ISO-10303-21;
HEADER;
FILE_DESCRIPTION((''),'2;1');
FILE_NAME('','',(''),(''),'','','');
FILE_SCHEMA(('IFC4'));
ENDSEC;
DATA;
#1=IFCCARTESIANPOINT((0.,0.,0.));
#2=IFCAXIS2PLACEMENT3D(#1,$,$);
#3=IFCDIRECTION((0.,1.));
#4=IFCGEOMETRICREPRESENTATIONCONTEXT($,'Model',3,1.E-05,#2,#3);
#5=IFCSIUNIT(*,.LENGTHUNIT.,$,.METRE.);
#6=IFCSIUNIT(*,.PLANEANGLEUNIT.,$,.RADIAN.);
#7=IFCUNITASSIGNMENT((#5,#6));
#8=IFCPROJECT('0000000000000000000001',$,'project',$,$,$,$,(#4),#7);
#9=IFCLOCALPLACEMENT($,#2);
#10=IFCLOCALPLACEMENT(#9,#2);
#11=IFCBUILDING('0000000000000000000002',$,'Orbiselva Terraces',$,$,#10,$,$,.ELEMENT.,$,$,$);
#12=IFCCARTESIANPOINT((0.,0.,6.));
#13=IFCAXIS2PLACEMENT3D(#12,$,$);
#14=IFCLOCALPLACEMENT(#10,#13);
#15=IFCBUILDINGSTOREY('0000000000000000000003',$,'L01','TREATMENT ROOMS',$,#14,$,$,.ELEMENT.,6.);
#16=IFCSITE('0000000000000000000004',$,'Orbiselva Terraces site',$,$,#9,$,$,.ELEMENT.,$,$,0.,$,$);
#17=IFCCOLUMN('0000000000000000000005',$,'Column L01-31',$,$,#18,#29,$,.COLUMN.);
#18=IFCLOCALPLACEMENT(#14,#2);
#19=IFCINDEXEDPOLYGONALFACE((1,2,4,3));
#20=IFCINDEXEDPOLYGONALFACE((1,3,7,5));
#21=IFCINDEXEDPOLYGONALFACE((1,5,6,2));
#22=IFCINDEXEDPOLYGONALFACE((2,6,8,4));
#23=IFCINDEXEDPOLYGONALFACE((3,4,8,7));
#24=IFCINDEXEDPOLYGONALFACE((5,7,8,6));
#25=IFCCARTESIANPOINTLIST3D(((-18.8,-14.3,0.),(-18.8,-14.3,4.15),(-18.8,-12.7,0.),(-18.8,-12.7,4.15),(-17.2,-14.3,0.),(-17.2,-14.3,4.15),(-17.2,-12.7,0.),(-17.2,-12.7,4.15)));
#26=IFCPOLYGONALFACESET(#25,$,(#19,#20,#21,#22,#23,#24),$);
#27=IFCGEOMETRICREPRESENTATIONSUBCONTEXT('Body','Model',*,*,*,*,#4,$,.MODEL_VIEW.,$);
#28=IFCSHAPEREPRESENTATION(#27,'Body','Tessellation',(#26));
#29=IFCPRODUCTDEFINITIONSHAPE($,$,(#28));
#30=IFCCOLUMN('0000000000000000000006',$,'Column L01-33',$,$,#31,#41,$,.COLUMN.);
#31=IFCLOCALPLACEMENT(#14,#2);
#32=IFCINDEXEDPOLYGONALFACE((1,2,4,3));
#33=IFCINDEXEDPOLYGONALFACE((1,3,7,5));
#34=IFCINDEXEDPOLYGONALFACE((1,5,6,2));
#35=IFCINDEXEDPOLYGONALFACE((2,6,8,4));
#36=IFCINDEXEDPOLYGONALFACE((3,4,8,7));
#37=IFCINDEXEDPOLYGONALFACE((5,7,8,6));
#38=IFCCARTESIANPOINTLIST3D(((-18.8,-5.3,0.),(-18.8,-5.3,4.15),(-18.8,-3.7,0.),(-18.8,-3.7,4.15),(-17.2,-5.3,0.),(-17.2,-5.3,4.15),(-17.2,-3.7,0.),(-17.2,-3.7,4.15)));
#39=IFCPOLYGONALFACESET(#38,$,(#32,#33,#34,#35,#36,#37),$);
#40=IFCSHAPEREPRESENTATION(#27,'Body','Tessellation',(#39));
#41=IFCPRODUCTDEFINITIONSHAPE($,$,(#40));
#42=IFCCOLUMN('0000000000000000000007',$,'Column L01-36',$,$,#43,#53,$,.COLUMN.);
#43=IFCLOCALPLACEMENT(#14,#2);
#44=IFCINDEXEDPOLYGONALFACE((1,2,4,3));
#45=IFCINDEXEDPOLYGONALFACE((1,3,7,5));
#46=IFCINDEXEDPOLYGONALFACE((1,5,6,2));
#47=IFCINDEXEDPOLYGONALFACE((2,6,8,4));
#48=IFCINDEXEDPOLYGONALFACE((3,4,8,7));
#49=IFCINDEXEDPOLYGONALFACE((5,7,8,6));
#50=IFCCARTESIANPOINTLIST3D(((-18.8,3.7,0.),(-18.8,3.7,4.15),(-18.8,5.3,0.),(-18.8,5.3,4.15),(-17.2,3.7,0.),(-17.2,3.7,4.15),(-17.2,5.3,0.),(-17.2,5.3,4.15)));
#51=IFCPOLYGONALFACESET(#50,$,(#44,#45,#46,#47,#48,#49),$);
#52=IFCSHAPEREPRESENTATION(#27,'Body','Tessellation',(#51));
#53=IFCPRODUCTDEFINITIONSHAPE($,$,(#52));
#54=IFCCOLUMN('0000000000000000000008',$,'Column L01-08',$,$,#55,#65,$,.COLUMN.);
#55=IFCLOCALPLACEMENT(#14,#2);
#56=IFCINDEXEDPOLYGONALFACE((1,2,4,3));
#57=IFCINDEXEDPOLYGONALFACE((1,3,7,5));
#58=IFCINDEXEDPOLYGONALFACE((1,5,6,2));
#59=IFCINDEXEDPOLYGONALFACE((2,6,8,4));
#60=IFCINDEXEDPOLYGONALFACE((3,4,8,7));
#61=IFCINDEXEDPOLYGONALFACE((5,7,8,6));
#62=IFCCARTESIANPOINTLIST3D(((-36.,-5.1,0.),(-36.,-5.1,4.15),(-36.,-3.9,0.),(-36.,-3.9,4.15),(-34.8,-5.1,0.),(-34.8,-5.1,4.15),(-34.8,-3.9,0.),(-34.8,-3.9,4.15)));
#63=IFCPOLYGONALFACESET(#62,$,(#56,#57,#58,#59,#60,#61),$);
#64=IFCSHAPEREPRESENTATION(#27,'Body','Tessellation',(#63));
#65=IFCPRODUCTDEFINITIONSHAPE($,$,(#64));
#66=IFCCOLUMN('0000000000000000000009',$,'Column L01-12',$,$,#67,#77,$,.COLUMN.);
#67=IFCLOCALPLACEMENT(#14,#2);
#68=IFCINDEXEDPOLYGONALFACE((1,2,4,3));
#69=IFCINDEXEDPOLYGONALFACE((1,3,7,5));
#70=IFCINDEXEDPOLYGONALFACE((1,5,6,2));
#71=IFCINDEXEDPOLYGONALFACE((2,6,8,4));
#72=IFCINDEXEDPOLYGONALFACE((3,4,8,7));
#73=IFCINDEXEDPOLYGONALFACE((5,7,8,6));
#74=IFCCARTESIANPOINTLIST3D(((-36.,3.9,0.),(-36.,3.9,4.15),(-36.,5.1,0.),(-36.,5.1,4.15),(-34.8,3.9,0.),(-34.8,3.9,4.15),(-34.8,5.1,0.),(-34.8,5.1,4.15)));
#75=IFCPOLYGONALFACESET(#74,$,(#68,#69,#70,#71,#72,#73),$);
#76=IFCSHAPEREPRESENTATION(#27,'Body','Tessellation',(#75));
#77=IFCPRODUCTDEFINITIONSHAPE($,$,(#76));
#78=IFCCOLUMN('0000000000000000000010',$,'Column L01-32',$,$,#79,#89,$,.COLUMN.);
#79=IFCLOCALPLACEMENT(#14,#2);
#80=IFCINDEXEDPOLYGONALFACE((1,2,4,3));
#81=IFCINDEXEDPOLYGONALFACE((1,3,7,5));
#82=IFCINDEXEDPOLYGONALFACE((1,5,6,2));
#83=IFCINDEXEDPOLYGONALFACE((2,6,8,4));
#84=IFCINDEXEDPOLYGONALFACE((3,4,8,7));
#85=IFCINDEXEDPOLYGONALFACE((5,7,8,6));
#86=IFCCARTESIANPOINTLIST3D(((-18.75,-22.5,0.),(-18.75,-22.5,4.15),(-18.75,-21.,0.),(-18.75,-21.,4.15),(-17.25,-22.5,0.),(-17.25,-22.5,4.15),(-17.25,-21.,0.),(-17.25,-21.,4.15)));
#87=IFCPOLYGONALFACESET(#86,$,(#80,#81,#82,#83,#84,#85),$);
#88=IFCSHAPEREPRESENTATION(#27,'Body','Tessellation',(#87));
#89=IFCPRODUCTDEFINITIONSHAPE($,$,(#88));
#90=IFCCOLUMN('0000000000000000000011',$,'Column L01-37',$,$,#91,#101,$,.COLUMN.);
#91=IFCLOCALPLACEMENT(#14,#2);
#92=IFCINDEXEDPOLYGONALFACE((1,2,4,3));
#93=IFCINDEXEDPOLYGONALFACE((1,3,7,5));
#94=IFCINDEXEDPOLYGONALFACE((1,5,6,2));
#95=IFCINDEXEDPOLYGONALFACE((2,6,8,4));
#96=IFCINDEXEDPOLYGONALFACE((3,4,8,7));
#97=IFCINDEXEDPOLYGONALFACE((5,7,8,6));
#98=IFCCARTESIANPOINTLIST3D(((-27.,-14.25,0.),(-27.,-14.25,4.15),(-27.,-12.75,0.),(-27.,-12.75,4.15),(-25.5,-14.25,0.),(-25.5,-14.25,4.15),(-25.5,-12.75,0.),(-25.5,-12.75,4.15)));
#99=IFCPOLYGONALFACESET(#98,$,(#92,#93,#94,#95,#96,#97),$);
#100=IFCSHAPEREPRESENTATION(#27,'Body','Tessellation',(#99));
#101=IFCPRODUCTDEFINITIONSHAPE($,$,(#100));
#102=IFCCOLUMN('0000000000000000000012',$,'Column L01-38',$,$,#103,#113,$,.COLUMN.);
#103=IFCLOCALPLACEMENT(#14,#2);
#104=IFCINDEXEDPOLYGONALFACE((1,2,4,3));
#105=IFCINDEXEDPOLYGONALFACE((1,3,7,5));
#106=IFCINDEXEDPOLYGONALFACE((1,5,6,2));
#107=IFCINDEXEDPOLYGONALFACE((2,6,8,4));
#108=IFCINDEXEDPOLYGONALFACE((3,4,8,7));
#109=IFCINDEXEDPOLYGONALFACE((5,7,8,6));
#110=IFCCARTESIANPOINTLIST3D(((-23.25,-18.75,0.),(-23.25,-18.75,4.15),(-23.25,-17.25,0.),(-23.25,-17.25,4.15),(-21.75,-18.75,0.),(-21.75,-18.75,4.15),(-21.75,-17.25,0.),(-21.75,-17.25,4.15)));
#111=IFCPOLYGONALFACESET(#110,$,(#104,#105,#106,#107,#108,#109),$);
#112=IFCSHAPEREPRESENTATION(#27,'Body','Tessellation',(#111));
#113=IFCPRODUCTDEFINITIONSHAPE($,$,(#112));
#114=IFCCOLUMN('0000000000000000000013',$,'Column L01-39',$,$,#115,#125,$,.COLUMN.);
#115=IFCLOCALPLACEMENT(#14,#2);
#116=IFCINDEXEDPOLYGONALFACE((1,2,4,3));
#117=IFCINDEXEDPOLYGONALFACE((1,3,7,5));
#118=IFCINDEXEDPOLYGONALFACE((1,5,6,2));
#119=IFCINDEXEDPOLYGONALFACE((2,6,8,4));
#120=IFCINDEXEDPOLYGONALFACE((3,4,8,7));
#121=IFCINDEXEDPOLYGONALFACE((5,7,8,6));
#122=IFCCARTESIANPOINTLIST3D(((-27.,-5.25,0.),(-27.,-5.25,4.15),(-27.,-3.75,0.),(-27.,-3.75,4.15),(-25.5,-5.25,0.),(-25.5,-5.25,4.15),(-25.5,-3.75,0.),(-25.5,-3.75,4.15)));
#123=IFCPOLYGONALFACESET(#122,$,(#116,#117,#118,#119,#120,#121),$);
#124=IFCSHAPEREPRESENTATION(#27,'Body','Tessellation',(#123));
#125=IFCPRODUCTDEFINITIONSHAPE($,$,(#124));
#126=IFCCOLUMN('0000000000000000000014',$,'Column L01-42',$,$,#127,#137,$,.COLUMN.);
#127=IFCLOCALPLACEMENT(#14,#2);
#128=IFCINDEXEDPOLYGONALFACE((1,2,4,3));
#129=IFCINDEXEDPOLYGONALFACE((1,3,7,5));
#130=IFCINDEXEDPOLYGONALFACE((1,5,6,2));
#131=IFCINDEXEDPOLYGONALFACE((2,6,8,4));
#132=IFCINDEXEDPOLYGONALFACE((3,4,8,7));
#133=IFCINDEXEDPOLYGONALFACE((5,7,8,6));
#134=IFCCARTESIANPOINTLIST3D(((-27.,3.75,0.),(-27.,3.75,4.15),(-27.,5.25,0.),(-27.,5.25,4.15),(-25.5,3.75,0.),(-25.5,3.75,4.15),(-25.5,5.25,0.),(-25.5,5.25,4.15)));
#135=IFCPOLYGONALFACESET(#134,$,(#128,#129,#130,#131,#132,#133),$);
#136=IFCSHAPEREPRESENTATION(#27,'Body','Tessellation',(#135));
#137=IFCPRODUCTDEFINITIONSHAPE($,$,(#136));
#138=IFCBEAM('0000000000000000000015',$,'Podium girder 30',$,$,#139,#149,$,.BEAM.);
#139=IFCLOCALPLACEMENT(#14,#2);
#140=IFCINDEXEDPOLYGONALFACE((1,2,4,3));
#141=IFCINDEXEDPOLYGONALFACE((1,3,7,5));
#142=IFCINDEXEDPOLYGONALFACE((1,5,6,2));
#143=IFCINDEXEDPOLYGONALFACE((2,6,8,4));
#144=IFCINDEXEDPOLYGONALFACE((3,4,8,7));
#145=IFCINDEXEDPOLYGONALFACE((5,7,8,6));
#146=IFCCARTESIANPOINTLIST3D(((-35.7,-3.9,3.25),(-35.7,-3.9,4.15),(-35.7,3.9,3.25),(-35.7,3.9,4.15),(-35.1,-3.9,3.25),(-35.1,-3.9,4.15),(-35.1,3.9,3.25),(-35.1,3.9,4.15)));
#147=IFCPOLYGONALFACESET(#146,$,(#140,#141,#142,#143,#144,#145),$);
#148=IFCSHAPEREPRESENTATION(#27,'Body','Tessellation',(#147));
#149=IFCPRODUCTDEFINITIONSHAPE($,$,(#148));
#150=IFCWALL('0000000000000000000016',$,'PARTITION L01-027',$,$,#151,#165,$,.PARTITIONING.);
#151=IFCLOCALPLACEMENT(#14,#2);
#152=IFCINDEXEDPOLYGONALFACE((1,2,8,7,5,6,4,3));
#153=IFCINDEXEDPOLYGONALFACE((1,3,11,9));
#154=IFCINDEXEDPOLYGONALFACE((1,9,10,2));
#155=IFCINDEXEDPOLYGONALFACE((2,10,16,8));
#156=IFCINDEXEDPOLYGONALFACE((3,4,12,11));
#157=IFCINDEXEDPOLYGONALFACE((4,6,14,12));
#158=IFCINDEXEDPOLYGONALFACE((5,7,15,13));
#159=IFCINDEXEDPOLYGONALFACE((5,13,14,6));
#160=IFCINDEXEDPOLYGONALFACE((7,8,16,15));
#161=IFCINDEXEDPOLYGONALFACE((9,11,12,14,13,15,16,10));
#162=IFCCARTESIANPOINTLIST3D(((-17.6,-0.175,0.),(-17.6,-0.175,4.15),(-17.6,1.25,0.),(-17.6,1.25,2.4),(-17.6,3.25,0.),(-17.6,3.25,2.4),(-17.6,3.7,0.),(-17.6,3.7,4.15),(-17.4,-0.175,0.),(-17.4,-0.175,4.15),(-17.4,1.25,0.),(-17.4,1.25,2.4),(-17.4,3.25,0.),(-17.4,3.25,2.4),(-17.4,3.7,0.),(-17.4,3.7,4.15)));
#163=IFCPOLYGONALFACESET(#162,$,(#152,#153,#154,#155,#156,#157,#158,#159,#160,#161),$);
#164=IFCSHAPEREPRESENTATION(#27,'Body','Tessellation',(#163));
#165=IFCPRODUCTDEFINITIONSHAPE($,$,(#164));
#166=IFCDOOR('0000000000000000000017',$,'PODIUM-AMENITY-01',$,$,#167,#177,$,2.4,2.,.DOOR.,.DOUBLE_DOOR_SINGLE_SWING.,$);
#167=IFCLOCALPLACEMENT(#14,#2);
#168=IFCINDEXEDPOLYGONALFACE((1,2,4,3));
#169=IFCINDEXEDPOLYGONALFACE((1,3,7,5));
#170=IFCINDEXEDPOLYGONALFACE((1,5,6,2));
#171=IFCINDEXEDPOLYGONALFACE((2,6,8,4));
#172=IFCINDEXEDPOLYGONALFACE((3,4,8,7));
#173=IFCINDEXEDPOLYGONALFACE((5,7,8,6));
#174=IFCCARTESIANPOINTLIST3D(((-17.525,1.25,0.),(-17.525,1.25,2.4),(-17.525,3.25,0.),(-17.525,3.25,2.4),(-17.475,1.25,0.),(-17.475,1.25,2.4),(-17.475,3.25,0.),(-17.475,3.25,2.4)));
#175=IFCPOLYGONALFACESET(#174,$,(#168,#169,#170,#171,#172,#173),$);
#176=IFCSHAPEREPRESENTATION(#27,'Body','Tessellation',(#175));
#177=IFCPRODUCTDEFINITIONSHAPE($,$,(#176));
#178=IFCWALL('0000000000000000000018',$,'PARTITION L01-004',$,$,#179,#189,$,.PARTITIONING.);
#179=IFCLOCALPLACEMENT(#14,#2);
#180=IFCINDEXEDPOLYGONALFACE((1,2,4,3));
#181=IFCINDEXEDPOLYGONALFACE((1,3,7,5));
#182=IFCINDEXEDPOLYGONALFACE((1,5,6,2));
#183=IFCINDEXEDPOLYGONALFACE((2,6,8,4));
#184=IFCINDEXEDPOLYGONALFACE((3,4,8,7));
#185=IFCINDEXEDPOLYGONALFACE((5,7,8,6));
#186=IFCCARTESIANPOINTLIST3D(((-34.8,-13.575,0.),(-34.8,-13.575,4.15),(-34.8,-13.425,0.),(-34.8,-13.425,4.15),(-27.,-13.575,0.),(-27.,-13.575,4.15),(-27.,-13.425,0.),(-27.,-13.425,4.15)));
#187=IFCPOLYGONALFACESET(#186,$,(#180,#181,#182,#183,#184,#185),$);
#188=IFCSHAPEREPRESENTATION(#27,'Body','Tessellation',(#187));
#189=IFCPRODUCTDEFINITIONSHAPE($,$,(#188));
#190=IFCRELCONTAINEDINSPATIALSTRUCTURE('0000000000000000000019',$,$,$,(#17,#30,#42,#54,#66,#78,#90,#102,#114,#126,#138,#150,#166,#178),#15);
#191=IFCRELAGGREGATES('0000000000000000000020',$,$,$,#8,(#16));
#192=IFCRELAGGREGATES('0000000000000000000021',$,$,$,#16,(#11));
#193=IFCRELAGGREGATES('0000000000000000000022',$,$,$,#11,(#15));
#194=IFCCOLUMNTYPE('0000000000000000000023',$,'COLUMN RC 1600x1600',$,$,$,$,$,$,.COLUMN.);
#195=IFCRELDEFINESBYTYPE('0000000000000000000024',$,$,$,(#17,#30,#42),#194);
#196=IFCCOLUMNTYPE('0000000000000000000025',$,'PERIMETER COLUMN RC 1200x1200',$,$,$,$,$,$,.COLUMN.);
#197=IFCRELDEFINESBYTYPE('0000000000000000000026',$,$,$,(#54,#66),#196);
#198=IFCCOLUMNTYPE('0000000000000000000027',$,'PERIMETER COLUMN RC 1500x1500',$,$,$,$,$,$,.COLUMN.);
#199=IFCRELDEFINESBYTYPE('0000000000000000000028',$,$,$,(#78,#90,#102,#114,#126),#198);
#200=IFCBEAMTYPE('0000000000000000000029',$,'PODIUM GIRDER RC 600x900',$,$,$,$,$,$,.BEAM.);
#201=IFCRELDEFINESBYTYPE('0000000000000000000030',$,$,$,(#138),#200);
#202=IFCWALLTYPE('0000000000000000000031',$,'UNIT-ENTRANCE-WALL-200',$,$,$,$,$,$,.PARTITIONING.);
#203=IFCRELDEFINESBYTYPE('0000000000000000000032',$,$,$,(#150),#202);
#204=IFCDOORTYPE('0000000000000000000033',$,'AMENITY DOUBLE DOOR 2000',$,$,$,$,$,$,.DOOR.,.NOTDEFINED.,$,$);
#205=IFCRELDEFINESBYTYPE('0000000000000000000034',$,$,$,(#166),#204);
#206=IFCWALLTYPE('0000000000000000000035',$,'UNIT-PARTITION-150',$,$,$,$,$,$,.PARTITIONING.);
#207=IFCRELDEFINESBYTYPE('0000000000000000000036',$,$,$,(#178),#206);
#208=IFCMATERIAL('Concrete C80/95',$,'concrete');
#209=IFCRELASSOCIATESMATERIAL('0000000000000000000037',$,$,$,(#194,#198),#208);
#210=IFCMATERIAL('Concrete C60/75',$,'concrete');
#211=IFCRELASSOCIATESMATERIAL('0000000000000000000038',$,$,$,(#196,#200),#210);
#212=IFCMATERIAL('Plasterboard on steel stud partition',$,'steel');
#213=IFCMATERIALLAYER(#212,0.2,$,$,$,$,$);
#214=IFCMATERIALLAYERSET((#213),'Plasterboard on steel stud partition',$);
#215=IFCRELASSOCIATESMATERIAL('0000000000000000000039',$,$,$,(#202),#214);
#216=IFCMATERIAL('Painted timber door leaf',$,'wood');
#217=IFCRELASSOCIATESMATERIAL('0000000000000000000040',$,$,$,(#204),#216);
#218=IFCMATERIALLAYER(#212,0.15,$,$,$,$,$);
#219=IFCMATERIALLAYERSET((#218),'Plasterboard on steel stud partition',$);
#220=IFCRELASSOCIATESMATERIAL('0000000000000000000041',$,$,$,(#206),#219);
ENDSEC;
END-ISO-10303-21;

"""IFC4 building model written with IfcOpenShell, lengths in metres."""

from ifc_helpers import new_model, si_unit, direction, frame, frame_2d, origin, origin_2d, place, context, subcontext, project, spatial, rectangle, extrude, material, layer, layer_set, material_profile, profile_set, type_object, element, fill, save


model = new_model("IFC4")

# Units and contexts
model_context = context("Model", 3, precision=1e-05, world=origin(), true_north=direction((0.0, 1.0)))
body_context = subcontext(model_context, "Body", "Model", "MODEL_VIEW")
ifc_project = project(units=[si_unit("LENGTHUNIT", "METRE"), si_unit("PLANEANGLEUNIT", "RADIAN")], contexts=[model_context])

# Site, building, storey
site_placement = place(None, origin())
site = spatial("IfcSite", under=ifc_project, at=site_placement, Name="Orbiselva Terraces site", CompositionType="ELEMENT", RefElevation=0.0)
building_placement = place(site_placement, origin())
building = spatial("IfcBuilding", under=site, at=building_placement, Name="Orbiselva Terraces", CompositionType="ELEMENT")
storey_placement = place(building_placement, frame((0.0, 0.0, 6.0)))
storey = spatial("IfcBuildingStorey", under=building, at=storey_placement, Name="L01", Description="TREATMENT ROOMS", CompositionType="ELEMENT", Elevation=6.0)

# Columns
ifc_material_1 = material(Name="Concrete C80/95", Category="concrete")
ifc_material_profile_1 = material_profile(ifc_material_1, rectangle(XDim=1.6, YDim=1.6, at=origin_2d()), Name="RC 1600x1600")
ifc_profile_set_1 = profile_set([ifc_material_profile_1], Name="Concrete C80/95")
column_type_1 = type_object("IfcColumnType", Name="COLUMN RC 1600x1600", PredefinedType="COLUMN", material=ifc_profile_set_1)
for number, where, z_axis, x_axis, name in (
    (1, (-18.0, -13.5, 0.0), (0.0, 0.0, 1.0), (1.0, 0.0, 0.0), "Column L01-31"),
    (2, (-18.0, -4.5, 0.0), (0.0, 0.0, 1.0), (1.0, 0.0, 0.0), "Column L01-33"),
    (3, (-18.0, 4.5, 0.0), (0.0, 0.0, 1.0), (1.0, 0.0, 0.0), "Column L01-36"),
):
    element("IfcColumn", number, at=place(storey_placement, frame(where, z_axis=z_axis, x_axis=x_axis)), inside=storey, type_object=column_type_1, Name=name, PredefinedType="COLUMN", context=body_context, shape_type="SweptSolid", body=[
        extrude(rectangle(XDim=1.6, YDim=1.6, at=origin_2d()), origin(), (0.0, 0.0, 1.0), 4.15),
    ])
ifc_material_2 = material(Name="Concrete C60/75", Category="concrete")
ifc_material_profile_2 = material_profile(ifc_material_2, rectangle(XDim=1.2, YDim=1.2, at=origin_2d()), Name="RC 1200x1200")
ifc_profile_set_2 = profile_set([ifc_material_profile_2], Name="Concrete C60/75")
column_type_2 = type_object("IfcColumnType", Name="PERIMETER COLUMN RC 1200x1200", PredefinedType="COLUMN", material=ifc_profile_set_2)
for number, where, z_axis, x_axis, name in (
    (4, (-35.4, -4.5, 0.0), (0.0, 0.0, 1.0), (1.0, 0.0, 0.0), "Column L01-08"),
    (5, (-35.4, 4.5, 0.0), (0.0, 0.0, 1.0), (1.0, 0.0, 0.0), "Column L01-12"),
):
    element("IfcColumn", number, at=place(storey_placement, frame(where, z_axis=z_axis, x_axis=x_axis)), inside=storey, type_object=column_type_2, Name=name, PredefinedType="COLUMN", context=body_context, shape_type="SweptSolid", body=[
        extrude(rectangle(XDim=1.2, YDim=1.2, at=origin_2d()), origin(), (0.0, 0.0, 1.0), 4.15),
    ])
ifc_material_profile_3 = material_profile(ifc_material_1, rectangle(XDim=1.5, YDim=1.5, at=origin_2d()), Name="RC 1500x1500")
ifc_profile_set_3 = profile_set([ifc_material_profile_3], Name="Concrete C80/95")
column_type_3 = type_object("IfcColumnType", Name="PERIMETER COLUMN RC 1500x1500", PredefinedType="COLUMN", material=ifc_profile_set_3)
for number, where, z_axis, x_axis, name in (
    (6, (-18.0, -21.75, 0.0), (0.0, 0.0, 1.0), (1.0, 0.0, 0.0), "Column L01-32"),
    (7, (-26.25, -13.5, 0.0), (0.0, 0.0, 1.0), (1.0, 0.0, 0.0), "Column L01-37"),
    (8, (-22.5, -18.0, 0.0), (0.0, 0.0, 1.0), (1.0, 0.0, 0.0), "Column L01-38"),
    (9, (-26.25, -4.5, 0.0), (0.0, 0.0, 1.0), (1.0, 0.0, 0.0), "Column L01-39"),
    (10, (-26.25, 4.5, 0.0), (0.0, 0.0, 1.0), (1.0, 0.0, 0.0), "Column L01-42"),
):
    element("IfcColumn", number, at=place(storey_placement, frame(where, z_axis=z_axis, x_axis=x_axis)), inside=storey, type_object=column_type_3, Name=name, PredefinedType="COLUMN", context=body_context, shape_type="SweptSolid", body=[
        extrude(rectangle(XDim=1.5, YDim=1.5, at=origin_2d()), origin(), (0.0, 0.0, 1.0), 4.15),
    ])

# Beam
ifc_material_profile_4 = material_profile(ifc_material_2, rectangle(XDim=0.6, YDim=0.9, at=origin_2d()), Name="RC 600x900")
ifc_profile_set_4 = profile_set([ifc_material_profile_4], Name="Concrete C60/75")
beam_type = type_object("IfcBeamType", Name="PODIUM GIRDER RC 600x900", PredefinedType="BEAM", material=ifc_profile_set_4)
beam_placement = place(storey_placement, frame((-35.4, 3.9, 3.7), z_axis=(0.0, -1.0, 0.0), x_axis=(1.0, 0.0, 0.0)))
element("IfcBeam", 11, at=beam_placement, inside=storey, type_object=beam_type, Name="Podium girder 30", PredefinedType="BEAM", context=body_context, shape_type="SweptSolid", body=[
    extrude(rectangle(XDim=0.6, YDim=0.9, at=origin_2d()), origin(), (0.0, 0.0, 1.0), 7.8),
])

# Wall, opening, door
ifc_material_3 = material(Name="Plasterboard on steel stud partition", Category="steel")
ifc_layer_1 = layer(ifc_material_3, 0.2)
ifc_layer_set_1 = layer_set([ifc_layer_1], Name="Plasterboard on steel stud partition")
wall_type_1 = type_object("IfcWallType", Name="UNIT-ENTRANCE-WALL-200", PredefinedType="PARTITIONING", material=ifc_layer_set_1)
wall_1_placement = place(storey_placement, frame((-17.5, 3.7, 0.0), z_axis=(0.0, 0.0, 1.0), x_axis=(0.0, -1.0, 0.0)))
wall_1 = element("IfcWall", 12, at=wall_1_placement, inside=storey, type_object=wall_type_1, Name="PARTITION L01-027", PredefinedType="PARTITIONING", context=body_context, shape_type="SweptSolid", body=[
    extrude(rectangle(XDim=3.875, YDim=0.2, at=frame_2d((1.9375, 0.0))), origin(), (0.0, 0.0, 1.0), 4.15),
])
opening_1_placement = place(wall_1_placement, frame((0.45, 0.0, 0.0)))
opening_1 = element("IfcOpeningElement", 13, at=opening_1_placement, cuts=wall_1, PredefinedType="OPENING", context=body_context, shape_type="SweptSolid", body=[
    extrude(rectangle(XDim=2.0, YDim=2.4, at=frame_2d((1.0, 1.2))), frame((0.0, 0.11, 0.0), z_axis=(0.0, -1.0, 0.0), x_axis=(1.0, 0.0, 0.0)), (0.0, 0.0, 1.0), 0.22),
])
ifc_material_4 = material(Name="Painted timber door leaf", Category="wood")
door_type_1 = type_object("IfcDoorType", Name="AMENITY DOUBLE DOOR 2000", OperationType="NOTDEFINED", PredefinedType="DOOR", material=ifc_material_4)
door_1_placement = place(opening_1_placement, origin())
door_1 = element("IfcDoor", 14, at=door_1_placement, inside=storey, type_object=door_type_1, Name="PODIUM-AMENITY-01", OperationType="DOUBLE_DOOR_SINGLE_SWING", OverallHeight=2.4, OverallWidth=2.0, PredefinedType="DOOR", context=body_context, shape_type="SweptSolid", body=[
    extrude(rectangle(XDim=2.0, YDim=2.4, at=frame_2d((1.0, 1.2))), frame((0.0, 0.025, 0.0), z_axis=(0.0, -1.0, 0.0), x_axis=(1.0, 0.0, 0.0)), (0.0, 0.0, 1.0), 0.05),
])
fill(opening_1, door_1)

# Wall
ifc_layer_2 = layer(ifc_material_3, 0.15)
ifc_layer_set_2 = layer_set([ifc_layer_2], Name="Plasterboard on steel stud partition")
wall_type_2 = type_object("IfcWallType", Name="UNIT-PARTITION-150", PredefinedType="PARTITIONING", material=ifc_layer_set_2)
wall_2_placement = place(storey_placement, frame((-34.8, -13.5, 0.0), z_axis=(0.0, 0.0, 1.0), x_axis=(1.0, 0.0, 0.0)))
element("IfcWall", 15, at=wall_2_placement, inside=storey, type_object=wall_type_2, Name="PARTITION L01-004", PredefinedType="PARTITIONING", context=body_context, shape_type="SweptSolid", body=[
    extrude(rectangle(XDim=7.8, YDim=0.15, at=frame_2d((3.9, 0.0))), origin(), (0.0, 0.0, 1.0), 4.15),
])

save(model, "model.ifc")
